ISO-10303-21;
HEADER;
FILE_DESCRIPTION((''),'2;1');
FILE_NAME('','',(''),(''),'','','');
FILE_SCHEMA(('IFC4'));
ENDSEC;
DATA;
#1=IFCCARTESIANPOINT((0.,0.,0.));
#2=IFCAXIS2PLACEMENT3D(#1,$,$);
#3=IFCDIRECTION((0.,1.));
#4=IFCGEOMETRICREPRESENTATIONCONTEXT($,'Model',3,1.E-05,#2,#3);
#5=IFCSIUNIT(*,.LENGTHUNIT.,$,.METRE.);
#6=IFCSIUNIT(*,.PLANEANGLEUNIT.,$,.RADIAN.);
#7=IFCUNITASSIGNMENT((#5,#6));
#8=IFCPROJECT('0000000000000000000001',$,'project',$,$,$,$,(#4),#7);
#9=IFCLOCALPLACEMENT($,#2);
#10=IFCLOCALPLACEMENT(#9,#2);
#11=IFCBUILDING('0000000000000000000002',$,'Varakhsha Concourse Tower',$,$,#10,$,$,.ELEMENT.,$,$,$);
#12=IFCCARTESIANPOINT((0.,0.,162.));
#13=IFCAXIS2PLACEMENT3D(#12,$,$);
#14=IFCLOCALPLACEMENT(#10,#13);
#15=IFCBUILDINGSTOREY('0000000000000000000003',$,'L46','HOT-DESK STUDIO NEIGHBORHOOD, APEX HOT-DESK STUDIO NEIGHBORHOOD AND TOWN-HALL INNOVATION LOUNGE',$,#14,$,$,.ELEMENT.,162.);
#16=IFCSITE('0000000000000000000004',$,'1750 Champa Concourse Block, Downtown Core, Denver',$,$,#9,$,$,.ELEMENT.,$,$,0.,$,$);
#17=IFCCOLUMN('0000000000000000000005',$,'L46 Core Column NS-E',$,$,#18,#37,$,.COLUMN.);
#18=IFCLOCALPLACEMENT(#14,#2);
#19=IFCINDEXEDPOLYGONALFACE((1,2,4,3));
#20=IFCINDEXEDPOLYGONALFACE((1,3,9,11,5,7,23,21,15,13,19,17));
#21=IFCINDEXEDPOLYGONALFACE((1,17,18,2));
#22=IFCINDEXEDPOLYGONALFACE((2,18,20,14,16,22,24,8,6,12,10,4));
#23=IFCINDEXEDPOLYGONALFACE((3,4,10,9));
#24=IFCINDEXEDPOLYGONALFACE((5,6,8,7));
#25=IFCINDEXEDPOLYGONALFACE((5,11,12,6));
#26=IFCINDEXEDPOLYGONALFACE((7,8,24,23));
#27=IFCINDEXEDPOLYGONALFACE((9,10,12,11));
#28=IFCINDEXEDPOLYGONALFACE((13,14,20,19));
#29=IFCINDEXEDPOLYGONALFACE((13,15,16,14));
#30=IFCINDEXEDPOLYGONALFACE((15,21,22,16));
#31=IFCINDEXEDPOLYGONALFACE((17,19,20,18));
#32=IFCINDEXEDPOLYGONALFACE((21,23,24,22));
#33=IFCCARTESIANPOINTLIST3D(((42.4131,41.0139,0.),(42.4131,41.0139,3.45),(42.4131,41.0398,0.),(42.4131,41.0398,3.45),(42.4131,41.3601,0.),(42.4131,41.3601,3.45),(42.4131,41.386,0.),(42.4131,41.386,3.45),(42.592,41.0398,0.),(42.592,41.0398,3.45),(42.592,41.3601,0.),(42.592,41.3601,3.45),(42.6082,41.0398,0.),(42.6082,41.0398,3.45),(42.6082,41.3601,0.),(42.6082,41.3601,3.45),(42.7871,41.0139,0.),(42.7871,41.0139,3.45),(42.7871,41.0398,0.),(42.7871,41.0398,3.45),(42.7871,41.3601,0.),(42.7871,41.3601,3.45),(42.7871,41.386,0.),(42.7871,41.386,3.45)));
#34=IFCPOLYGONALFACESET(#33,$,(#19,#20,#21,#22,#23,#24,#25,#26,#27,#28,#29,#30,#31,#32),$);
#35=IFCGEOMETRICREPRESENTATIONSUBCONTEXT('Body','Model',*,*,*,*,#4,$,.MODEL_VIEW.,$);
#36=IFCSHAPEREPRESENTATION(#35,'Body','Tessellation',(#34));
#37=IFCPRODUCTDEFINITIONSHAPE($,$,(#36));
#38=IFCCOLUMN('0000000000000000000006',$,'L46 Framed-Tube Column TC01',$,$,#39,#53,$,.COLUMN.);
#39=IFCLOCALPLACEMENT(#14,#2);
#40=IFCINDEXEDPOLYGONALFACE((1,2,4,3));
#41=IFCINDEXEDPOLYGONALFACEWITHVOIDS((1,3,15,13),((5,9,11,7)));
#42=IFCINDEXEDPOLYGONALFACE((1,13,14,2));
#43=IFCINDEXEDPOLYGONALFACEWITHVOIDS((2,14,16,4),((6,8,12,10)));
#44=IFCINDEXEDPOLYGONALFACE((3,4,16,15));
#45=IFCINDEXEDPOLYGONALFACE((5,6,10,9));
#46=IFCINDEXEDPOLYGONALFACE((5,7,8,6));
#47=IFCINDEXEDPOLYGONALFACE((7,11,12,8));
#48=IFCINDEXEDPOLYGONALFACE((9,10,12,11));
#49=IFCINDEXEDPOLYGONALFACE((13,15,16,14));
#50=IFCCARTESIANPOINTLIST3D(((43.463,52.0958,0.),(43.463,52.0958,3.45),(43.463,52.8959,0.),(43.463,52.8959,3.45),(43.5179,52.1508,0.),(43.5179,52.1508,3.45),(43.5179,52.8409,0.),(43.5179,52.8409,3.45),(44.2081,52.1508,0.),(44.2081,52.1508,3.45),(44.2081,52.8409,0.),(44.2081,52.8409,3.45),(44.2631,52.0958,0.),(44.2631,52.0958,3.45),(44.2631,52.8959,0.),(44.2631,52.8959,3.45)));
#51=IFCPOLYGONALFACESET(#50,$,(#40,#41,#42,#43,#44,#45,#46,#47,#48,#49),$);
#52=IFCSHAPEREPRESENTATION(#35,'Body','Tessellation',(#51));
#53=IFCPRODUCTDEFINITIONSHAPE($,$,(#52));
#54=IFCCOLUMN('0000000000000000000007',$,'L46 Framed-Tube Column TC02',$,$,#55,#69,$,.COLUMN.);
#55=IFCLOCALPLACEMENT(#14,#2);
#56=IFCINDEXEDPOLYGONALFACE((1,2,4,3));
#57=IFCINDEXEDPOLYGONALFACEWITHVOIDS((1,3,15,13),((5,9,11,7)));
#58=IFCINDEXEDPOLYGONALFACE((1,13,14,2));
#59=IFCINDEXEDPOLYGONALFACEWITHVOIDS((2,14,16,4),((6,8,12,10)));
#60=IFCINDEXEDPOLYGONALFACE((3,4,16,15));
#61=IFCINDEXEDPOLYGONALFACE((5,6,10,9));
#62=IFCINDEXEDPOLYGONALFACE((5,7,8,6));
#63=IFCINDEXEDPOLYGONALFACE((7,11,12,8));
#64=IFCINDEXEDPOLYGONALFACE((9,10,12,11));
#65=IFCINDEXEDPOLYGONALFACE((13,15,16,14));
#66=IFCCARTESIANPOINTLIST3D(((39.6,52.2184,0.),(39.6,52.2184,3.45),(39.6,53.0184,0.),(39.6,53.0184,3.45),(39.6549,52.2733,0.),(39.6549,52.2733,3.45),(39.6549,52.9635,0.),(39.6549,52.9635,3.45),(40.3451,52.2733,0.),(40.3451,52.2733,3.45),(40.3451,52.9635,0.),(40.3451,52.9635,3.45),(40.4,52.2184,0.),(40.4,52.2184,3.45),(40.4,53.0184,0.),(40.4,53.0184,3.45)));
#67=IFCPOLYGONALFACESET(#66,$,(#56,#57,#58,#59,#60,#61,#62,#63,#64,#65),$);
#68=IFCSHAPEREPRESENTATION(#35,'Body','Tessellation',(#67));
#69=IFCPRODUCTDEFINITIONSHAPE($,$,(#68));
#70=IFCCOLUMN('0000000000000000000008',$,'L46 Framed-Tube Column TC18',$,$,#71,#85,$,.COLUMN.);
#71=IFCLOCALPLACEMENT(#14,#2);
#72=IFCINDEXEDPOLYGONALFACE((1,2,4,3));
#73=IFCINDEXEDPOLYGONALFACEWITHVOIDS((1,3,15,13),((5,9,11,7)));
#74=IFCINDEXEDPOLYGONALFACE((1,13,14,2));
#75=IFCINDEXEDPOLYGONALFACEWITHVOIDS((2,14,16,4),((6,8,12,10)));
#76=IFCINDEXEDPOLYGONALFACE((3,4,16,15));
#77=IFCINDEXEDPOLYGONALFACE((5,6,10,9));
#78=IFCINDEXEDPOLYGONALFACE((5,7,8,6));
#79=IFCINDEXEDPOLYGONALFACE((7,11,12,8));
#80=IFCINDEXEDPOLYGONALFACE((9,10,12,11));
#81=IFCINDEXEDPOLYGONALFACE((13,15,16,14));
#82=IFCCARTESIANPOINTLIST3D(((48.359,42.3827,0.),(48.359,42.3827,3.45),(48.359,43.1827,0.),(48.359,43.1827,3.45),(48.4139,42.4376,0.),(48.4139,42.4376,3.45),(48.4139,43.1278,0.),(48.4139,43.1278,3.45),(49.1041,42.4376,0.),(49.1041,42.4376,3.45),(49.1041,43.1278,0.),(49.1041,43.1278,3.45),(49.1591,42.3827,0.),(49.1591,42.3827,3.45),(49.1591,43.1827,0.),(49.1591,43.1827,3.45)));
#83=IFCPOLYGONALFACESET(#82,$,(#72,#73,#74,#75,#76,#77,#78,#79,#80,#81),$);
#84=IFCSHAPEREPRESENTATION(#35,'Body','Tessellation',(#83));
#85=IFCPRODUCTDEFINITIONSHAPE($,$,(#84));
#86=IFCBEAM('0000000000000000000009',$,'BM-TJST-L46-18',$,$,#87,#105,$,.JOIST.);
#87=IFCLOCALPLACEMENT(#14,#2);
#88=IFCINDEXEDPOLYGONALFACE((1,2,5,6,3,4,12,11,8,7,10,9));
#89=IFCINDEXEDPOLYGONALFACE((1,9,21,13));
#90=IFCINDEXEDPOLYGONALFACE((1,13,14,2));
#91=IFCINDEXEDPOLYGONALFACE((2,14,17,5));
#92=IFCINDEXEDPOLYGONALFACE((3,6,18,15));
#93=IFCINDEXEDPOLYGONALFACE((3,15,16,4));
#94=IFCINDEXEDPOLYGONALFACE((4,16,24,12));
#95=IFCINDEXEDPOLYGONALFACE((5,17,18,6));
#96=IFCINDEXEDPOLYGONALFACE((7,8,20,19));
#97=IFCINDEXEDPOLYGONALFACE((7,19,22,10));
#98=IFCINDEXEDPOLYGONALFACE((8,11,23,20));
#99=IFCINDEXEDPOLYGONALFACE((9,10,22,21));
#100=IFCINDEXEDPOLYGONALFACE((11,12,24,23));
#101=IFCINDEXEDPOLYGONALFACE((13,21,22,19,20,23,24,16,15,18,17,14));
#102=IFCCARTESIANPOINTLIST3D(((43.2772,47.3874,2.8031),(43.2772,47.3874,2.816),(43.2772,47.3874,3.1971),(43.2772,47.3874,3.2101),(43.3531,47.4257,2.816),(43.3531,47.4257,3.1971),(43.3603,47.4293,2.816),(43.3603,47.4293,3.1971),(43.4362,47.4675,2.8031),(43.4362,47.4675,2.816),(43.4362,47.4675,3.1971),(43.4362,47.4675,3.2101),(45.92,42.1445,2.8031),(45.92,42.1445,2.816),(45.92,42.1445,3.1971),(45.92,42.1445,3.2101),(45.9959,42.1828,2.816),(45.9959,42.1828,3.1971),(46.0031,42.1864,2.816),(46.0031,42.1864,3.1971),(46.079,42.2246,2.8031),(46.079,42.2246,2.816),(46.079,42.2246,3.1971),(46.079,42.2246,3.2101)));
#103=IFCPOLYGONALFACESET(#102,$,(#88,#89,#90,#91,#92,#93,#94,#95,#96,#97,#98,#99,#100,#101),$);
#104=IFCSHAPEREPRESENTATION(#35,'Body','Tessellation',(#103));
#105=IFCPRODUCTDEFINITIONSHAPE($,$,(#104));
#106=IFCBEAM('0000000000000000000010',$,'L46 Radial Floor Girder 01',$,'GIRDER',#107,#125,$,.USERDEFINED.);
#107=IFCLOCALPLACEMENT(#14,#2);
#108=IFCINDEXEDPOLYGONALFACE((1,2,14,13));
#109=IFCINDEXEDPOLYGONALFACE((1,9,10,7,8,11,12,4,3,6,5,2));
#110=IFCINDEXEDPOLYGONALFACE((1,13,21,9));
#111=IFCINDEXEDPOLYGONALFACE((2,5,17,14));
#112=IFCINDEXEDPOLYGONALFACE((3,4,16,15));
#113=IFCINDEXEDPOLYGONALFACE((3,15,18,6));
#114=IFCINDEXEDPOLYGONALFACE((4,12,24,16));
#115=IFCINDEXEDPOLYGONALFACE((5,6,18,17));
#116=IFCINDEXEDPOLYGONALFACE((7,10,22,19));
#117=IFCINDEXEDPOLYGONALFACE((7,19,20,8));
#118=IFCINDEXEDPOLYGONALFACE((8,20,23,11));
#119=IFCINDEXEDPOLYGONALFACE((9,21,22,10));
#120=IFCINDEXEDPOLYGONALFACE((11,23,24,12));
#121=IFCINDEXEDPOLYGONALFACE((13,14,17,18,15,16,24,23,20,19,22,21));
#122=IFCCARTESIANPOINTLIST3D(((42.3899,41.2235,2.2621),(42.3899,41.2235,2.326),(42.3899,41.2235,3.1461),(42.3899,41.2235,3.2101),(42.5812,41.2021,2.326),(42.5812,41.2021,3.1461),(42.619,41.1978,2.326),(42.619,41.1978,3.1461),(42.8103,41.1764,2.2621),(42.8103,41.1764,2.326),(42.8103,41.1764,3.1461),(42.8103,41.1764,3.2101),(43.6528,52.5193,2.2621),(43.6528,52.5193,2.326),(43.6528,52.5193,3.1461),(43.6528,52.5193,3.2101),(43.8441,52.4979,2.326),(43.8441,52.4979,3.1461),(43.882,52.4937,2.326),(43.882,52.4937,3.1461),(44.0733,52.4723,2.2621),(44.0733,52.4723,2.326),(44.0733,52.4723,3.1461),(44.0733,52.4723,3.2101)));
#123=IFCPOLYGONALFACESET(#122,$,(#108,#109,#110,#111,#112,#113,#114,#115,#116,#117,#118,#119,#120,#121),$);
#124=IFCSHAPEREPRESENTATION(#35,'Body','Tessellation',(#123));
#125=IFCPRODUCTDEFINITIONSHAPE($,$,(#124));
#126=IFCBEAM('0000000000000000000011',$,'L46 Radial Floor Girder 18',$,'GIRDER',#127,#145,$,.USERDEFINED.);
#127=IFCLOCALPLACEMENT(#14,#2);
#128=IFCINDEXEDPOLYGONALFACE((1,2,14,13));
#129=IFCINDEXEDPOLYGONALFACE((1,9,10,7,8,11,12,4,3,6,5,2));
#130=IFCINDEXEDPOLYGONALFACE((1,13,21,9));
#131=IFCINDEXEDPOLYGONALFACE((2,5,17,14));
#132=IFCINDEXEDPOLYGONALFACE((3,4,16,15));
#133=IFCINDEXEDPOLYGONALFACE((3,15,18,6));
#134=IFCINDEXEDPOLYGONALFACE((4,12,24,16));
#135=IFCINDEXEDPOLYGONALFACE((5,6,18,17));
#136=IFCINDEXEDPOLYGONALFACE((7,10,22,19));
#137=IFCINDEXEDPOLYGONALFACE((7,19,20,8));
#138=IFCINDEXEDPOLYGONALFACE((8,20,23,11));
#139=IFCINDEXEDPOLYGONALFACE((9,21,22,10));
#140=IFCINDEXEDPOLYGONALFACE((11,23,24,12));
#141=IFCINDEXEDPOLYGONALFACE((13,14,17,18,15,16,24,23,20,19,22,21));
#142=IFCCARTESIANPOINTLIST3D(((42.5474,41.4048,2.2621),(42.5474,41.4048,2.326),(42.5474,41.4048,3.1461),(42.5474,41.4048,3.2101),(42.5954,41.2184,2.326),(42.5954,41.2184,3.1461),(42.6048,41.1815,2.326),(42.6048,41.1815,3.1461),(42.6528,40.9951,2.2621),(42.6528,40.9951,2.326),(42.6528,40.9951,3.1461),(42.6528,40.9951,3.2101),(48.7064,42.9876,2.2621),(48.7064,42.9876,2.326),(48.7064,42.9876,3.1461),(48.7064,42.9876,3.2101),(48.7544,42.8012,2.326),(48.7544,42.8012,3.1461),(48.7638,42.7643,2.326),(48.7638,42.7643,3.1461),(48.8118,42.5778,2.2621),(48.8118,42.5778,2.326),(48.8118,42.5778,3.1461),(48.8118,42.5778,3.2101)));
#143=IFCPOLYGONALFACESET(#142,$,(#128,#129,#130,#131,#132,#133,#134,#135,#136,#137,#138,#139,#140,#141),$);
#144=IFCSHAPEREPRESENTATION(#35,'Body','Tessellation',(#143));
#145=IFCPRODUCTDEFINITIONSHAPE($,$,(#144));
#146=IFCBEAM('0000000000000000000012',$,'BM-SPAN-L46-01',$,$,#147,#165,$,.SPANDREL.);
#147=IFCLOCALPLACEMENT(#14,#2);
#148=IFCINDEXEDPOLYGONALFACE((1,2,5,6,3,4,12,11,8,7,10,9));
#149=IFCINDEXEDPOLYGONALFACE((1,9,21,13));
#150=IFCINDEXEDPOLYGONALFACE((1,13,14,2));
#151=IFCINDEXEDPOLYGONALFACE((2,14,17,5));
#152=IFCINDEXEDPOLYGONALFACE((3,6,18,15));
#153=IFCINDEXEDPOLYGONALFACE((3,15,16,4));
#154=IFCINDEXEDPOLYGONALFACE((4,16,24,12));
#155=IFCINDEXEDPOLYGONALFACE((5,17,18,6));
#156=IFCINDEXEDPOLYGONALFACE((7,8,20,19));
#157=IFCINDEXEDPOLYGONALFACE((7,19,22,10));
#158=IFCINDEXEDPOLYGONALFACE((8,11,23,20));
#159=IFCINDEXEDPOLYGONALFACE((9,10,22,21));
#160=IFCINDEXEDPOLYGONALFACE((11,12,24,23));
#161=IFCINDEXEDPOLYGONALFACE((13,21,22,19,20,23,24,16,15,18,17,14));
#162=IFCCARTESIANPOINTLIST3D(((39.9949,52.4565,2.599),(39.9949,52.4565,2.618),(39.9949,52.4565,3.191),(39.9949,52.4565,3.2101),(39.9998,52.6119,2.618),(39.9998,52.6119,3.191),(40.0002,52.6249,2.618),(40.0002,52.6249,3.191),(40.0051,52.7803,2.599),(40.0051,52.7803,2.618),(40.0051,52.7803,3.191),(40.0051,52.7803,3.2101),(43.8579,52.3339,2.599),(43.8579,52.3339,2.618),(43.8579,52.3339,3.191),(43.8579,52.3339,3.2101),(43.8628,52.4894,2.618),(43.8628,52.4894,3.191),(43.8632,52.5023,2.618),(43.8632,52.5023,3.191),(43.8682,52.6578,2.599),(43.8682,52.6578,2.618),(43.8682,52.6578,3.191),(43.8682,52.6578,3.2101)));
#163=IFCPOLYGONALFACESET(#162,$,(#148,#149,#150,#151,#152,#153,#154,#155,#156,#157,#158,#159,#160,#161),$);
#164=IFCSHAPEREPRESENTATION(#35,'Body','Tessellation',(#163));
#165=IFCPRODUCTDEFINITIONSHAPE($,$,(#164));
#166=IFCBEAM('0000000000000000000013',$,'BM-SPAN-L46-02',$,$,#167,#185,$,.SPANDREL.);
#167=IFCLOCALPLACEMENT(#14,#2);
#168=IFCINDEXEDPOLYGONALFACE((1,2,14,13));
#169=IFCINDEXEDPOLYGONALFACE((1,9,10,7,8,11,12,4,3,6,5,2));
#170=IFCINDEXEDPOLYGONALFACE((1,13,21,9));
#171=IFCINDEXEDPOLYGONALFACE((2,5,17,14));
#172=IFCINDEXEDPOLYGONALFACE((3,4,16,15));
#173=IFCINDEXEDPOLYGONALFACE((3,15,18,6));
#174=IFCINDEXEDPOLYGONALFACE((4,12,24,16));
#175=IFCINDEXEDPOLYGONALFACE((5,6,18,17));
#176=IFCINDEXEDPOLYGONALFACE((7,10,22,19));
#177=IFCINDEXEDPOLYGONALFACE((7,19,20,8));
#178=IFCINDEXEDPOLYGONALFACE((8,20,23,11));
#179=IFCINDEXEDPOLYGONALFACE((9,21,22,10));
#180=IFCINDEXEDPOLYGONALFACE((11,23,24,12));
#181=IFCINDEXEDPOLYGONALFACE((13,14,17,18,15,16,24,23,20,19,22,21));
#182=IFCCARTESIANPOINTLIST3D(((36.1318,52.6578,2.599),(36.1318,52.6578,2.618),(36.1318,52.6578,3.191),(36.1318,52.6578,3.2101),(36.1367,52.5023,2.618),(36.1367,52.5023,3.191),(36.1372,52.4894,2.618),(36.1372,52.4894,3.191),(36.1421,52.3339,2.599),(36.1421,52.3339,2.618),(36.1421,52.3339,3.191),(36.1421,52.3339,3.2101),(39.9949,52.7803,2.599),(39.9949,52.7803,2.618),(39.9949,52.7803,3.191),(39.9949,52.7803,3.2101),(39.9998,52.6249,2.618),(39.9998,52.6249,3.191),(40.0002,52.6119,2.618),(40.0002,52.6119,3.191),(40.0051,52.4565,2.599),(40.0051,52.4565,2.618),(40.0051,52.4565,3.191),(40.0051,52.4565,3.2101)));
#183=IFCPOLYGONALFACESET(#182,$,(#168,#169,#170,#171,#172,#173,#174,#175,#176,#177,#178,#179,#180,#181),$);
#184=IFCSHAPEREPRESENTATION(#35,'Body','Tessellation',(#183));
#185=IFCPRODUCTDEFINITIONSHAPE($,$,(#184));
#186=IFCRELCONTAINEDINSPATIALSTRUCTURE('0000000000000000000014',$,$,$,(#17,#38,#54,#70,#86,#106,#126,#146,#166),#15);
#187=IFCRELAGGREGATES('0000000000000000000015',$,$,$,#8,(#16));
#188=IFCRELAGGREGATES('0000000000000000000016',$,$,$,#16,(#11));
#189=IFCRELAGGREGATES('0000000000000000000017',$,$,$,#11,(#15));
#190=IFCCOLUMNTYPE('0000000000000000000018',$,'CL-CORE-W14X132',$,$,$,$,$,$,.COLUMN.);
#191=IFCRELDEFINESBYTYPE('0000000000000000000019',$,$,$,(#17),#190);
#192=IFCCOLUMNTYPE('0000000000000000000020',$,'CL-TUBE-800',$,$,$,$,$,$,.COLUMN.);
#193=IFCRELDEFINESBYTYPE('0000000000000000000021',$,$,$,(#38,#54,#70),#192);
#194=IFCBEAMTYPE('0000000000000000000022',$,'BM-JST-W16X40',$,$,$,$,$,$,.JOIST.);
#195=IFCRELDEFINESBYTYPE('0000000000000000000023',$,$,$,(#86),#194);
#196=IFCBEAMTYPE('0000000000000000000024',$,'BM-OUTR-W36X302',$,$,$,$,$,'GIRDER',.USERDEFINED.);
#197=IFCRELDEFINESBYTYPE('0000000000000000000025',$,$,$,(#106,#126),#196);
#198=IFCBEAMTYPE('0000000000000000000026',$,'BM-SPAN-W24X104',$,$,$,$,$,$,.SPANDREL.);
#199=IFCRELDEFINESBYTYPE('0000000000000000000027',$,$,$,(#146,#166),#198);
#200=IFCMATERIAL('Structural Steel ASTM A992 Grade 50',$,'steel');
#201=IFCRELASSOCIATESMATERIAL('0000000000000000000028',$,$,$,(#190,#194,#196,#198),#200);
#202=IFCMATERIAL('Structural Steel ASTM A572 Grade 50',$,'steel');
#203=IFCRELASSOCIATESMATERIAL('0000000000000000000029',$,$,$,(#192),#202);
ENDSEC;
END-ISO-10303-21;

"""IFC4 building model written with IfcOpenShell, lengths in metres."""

from ifc_helpers import new_model, si_unit, direction, frame, origin, origin_2d, place, context, subcontext, project, spatial, hollow_rectangle, i_section, extrude, material, material_profile, profile_set, type_object, element, save


model = new_model("IFC4")

# Units and contexts
model_context = context("Model", 3, precision=1e-05, world=origin(), true_north=direction((0.0, 1.0)))
body_context = subcontext(model_context, "Body", "Model", "MODEL_VIEW")
ifc_project = project(units=[si_unit("LENGTHUNIT", "METRE"), si_unit("PLANEANGLEUNIT", "RADIAN")], contexts=[model_context])

# Site, building, storey
site_placement = place(None, origin())
site = spatial("IfcSite", under=ifc_project, at=site_placement, Name="1750 Champa Concourse Block, Downtown Core, Denver", CompositionType="ELEMENT", RefElevation=0.0)
building_placement = place(site_placement, origin())
building = spatial("IfcBuilding", under=site, at=building_placement, Name="Varakhsha Concourse Tower", CompositionType="ELEMENT")
storey_placement = place(building_placement, frame((0.0, 0.0, 162.0)))
storey = spatial("IfcBuildingStorey", under=building, at=storey_placement, Name="L46", Description="HOT-DESK STUDIO NEIGHBORHOOD, APEX HOT-DESK STUDIO NEIGHBORHOOD AND TOWN-HALL INNOVATION LOUNGE", CompositionType="ELEMENT", Elevation=162.0)

# Columns
ifc_material_1 = material(Name="Structural Steel ASTM A992 Grade 50", Category="steel")
ifc_material_profile_1 = material_profile(ifc_material_1, i_section(OverallWidth=0.374, OverallDepth=0.3721, WebThickness=0.0161, FlangeThickness=0.0259, at=origin_2d()), Name="W14X132")
ifc_profile_set_1 = profile_set([ifc_material_profile_1], Name="Structural Steel ASTM A992 Grade 50")
column_type_1 = type_object("IfcColumnType", Name="CL-CORE-W14X132", PredefinedType="COLUMN", material=ifc_profile_set_1)
column_placement = place(storey_placement, frame((42.6001, 41.2, 0.0), z_axis=(0.0, 0.0, 1.0), x_axis=(1.0, 0.0, 0.0)))
element("IfcColumn", 1, at=column_placement, inside=storey, type_object=column_type_1, Name="L46 Core Column NS-E", PredefinedType="COLUMN", context=body_context, shape_type="SweptSolid", body=[
    extrude(i_section(OverallWidth=0.374, OverallDepth=0.3721, WebThickness=0.0161, FlangeThickness=0.0259, at=origin_2d()), origin(), (0.0, 0.0, 1.0), 3.45),
])
ifc_material_2 = material(Name="Structural Steel ASTM A572 Grade 50", Category="steel")
ifc_material_profile_2 = material_profile(ifc_material_2, hollow_rectangle(XDim=0.8, YDim=0.8, WallThickness=0.0549, at=origin_2d()), Name="BOX 800x800x55")
ifc_profile_set_2 = profile_set([ifc_material_profile_2], Name="Structural Steel ASTM A572 Grade 50")
column_type_2 = type_object("IfcColumnType", Name="CL-TUBE-800", PredefinedType="COLUMN", material=ifc_profile_set_2)
for number, where, z_axis, x_axis, name in (
    (2, (43.863, 52.4958, 0.0), (0.0, 0.0, 1.0), (1.0, 0.0, 0.0), "L46 Framed-Tube Column TC01"),
    (3, (40.0, 52.6184, 0.0), (0.0, 0.0, 1.0), (1.0, 0.0, 0.0), "L46 Framed-Tube Column TC02"),
    (4, (48.759, 42.7827, 0.0), (0.0, 0.0, 1.0), (1.0, 0.0, 0.0), "L46 Framed-Tube Column TC18"),
):
    element("IfcColumn", number, at=place(storey_placement, frame(where, z_axis=z_axis, x_axis=x_axis)), inside=storey, type_object=column_type_2, Name=name, PredefinedType="COLUMN", context=body_context, shape_type="SweptSolid", body=[
        extrude(hollow_rectangle(XDim=0.8, YDim=0.8, WallThickness=0.0549, at=origin_2d()), origin(), (0.0, 0.0, 1.0), 3.45),
    ])

# Beams
ifc_material_profile_3 = material_profile(ifc_material_1, i_section(OverallWidth=0.178, OverallDepth=0.407, WebThickness=0.0081, FlangeThickness=0.0129, at=origin_2d()), Name="W16X40")
ifc_profile_set_3 = profile_set([ifc_material_profile_3], Name="Structural Steel ASTM A992 Grade 50")
beam_type_1 = type_object("IfcBeamType", Name="BM-JST-W16X40", PredefinedType="JOIST", material=ifc_profile_set_3)
beam_1_placement = place(storey_placement, frame((45.9995, 42.1846, 3.0066), z_axis=(-0.450122, 0.892967, 0.0), x_axis=(-0.892967, -0.450122, 0.0)))
element("IfcBeam", 5, at=beam_1_placement, inside=storey, type_object=beam_type_1, Name="BM-TJST-L46-18", PredefinedType="JOIST", context=body_context, shape_type="SweptSolid", body=[
    extrude(i_section(OverallWidth=0.178, OverallDepth=0.407, WebThickness=0.0081, FlangeThickness=0.0129, at=origin_2d()), origin(), (0.0, 0.0, 1.0), 5.8713),
])
ifc_material_profile_4 = material_profile(ifc_material_1, i_section(OverallWidth=0.4231, OverallDepth=0.948, WebThickness=0.0381, FlangeThickness=0.064, at=origin_2d()), Name="W36X302")
ifc_profile_set_4 = profile_set([ifc_material_profile_4], Name="Structural Steel ASTM A992 Grade 50")
beam_type_2 = type_object("IfcBeamType", Name="BM-OUTR-W36X302", ElementType="GIRDER", PredefinedType="USERDEFINED", material=ifc_profile_set_4)
beam_2_placement = place(storey_placement, frame((42.6001, 41.2, 2.7361), z_axis=(0.111113, 0.993808, 0.0), x_axis=(-0.993808, 0.111113, 0.0)))
element("IfcBeam", 6, at=beam_2_placement, inside=storey, type_object=beam_type_2, Name="L46 Radial Floor Girder 01", ObjectType="GIRDER", PredefinedType="USERDEFINED", context=body_context, shape_type="SweptSolid", body=[
    extrude(i_section(OverallWidth=0.4231, OverallDepth=0.948, WebThickness=0.0381, FlangeThickness=0.064, at=origin_2d()), origin(), (0.0, 0.0, 1.0), 11.3662),
])
beam_3_placement = place(storey_placement, frame((42.6001, 41.2, 2.7361), z_axis=(0.968529, 0.248899, 0.0), x_axis=(-0.248899, 0.968529, 0.0)))
element("IfcBeam", 7, at=beam_3_placement, inside=storey, type_object=beam_type_2, Name="L46 Radial Floor Girder 18", ObjectType="GIRDER", PredefinedType="USERDEFINED", context=body_context, shape_type="SweptSolid", body=[
    extrude(i_section(OverallWidth=0.4231, OverallDepth=0.948, WebThickness=0.0381, FlangeThickness=0.064, at=origin_2d()), origin(), (0.0, 0.0, 1.0), 6.3591),
])
ifc_material_profile_5 = material_profile(ifc_material_1, i_section(OverallWidth=0.324, OverallDepth=0.6111, WebThickness=0.0129, FlangeThickness=0.019, at=origin_2d()), Name="W24X104")
ifc_profile_set_5 = profile_set([ifc_material_profile_5], Name="Structural Steel ASTM A992 Grade 50")
beam_type_3 = type_object("IfcBeamType", Name="BM-SPAN-W24X104", PredefinedType="SPANDREL", material=ifc_profile_set_5)
for number, where, z_axis, x_axis, name in (
    (8, (43.863, 52.4958, 2.9045), (-0.999497, 0.03171, 0.0), (-0.03171, -0.999497, 0.0), "BM-SPAN-L46-01"),
    (9, (40.0, 52.6184, 2.9045), (-0.999497, -0.03171, 0.0), (0.03171, -0.999497, 0.0), "BM-SPAN-L46-02"),
):
    element("IfcBeam", number, at=place(storey_placement, frame(where, z_axis=z_axis, x_axis=x_axis)), inside=storey, type_object=beam_type_3, Name=name, PredefinedType="SPANDREL", context=body_context, shape_type="SweptSolid", body=[
        extrude(i_section(OverallWidth=0.324, OverallDepth=0.6111, WebThickness=0.0129, FlangeThickness=0.019, at=origin_2d()), origin(), (0.0, 0.0, 1.0), 3.865),
    ])

save(model, "model.ifc")
